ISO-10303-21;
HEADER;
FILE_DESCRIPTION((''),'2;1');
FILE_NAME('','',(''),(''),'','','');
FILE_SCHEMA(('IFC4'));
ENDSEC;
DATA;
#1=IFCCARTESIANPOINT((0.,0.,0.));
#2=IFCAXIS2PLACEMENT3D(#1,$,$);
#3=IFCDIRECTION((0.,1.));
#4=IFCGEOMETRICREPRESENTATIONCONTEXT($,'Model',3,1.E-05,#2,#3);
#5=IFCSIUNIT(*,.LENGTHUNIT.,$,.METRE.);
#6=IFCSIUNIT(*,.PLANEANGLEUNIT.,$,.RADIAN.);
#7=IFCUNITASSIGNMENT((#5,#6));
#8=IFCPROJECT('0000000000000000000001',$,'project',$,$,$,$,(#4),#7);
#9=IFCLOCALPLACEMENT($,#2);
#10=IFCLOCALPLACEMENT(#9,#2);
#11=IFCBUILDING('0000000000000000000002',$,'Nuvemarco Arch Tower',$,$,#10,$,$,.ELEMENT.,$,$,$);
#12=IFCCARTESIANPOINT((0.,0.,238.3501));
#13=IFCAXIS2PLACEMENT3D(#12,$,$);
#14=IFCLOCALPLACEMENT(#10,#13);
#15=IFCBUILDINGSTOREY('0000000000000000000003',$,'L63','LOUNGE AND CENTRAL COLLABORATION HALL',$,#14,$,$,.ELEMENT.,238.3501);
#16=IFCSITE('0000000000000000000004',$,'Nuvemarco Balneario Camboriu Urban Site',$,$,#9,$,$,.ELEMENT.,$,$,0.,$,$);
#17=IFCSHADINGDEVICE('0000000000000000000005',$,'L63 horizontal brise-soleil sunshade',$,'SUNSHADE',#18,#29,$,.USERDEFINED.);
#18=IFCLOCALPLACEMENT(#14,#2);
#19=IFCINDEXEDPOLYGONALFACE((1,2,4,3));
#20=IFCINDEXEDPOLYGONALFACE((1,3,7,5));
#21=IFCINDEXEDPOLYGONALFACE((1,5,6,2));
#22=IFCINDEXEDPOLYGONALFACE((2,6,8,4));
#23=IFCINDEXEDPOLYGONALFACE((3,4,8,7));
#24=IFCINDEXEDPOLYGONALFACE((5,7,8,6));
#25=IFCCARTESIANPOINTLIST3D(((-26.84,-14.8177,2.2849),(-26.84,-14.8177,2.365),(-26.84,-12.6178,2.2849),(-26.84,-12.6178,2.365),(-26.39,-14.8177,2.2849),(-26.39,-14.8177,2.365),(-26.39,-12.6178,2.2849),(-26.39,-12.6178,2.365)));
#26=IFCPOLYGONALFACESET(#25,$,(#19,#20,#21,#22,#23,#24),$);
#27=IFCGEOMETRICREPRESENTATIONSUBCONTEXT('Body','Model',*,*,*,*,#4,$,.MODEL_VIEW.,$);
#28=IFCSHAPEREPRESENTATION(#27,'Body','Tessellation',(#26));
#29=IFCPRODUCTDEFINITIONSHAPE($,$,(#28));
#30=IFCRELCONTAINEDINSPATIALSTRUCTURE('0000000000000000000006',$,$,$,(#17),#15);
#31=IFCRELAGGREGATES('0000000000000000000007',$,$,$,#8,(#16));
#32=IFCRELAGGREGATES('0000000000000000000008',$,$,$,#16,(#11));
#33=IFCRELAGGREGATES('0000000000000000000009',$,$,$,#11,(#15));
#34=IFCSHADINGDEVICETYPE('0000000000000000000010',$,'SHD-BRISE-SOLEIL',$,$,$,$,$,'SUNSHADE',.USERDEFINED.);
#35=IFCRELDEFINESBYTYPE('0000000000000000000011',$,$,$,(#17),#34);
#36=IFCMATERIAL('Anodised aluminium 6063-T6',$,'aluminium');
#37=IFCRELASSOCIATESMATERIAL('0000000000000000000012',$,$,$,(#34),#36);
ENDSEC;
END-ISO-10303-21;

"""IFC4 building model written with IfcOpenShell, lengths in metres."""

from ifc_helpers import new_model, si_unit, direction, frame, origin, origin_2d, place, context, subcontext, project, spatial, rectangle, extrude, source, transform, mapped, material, type_object, type_shapes, element, save


model = new_model("IFC4")

# Units and contexts
model_context = context("Model", 3, precision=1e-05, world=origin(), true_north=direction((0.0, 1.0)))
body_context = subcontext(model_context, "Body", "Model", "MODEL_VIEW")
ifc_project = project(units=[si_unit("LENGTHUNIT", "METRE"), si_unit("PLANEANGLEUNIT", "RADIAN")], contexts=[model_context])

# Site, building, storey
site_placement = place(None, origin())
site = spatial("IfcSite", under=ifc_project, at=site_placement, Name="Nuvemarco Balneario Camboriu Urban Site", CompositionType="ELEMENT", RefElevation=0.0)
building_placement = place(site_placement, origin())
building = spatial("IfcBuilding", under=site, at=building_placement, Name="Nuvemarco Arch Tower", CompositionType="ELEMENT")
storey_placement = place(building_placement, frame((0.0, 0.0, 238.3501)))
storey = spatial("IfcBuildingStorey", under=building, at=storey_placement, Name="L63", Description="LOUNGE AND CENTRAL COLLABORATION HALL", CompositionType="ELEMENT", Elevation=238.3501)

# Shading device
ifc_material_1 = material(Name="Anodised aluminium 6063-T6", Category="aluminium")
shading_device_type = type_object("IfcShadingDeviceType", Name="SHD-BRISE-SOLEIL", ElementType="SUNSHADE", PredefinedType="USERDEFINED", material=ifc_material_1)
shared_shape_1 = source(origin(), body_context, "Body", "SweptSolid", [
    extrude(rectangle(XDim=2.2, YDim=0.45, at=origin_2d()), origin(), (0.0, 0.0, 1.0), 0.0801),
])
type_shapes(shading_device_type, [shared_shape_1])
shading_device_placement = place(storey_placement, frame((-26.615, -13.7178, 2.2849), z_axis=(0.0, 0.0, 1.0), x_axis=(0.0, 1.0, 0.0)))
element("IfcShadingDevice", 1, at=shading_device_placement, inside=storey, type_object=shading_device_type, Name="L63 horizontal brise-soleil sunshade", ObjectType="SUNSHADE", PredefinedType="USERDEFINED", context=body_context, shape_type="MappedRepresentation", body=[
    mapped(shared_shape_1, transform((0.0, 0.0, 0.0), scale=1.0)),
])

save(model, "model.ifc")
